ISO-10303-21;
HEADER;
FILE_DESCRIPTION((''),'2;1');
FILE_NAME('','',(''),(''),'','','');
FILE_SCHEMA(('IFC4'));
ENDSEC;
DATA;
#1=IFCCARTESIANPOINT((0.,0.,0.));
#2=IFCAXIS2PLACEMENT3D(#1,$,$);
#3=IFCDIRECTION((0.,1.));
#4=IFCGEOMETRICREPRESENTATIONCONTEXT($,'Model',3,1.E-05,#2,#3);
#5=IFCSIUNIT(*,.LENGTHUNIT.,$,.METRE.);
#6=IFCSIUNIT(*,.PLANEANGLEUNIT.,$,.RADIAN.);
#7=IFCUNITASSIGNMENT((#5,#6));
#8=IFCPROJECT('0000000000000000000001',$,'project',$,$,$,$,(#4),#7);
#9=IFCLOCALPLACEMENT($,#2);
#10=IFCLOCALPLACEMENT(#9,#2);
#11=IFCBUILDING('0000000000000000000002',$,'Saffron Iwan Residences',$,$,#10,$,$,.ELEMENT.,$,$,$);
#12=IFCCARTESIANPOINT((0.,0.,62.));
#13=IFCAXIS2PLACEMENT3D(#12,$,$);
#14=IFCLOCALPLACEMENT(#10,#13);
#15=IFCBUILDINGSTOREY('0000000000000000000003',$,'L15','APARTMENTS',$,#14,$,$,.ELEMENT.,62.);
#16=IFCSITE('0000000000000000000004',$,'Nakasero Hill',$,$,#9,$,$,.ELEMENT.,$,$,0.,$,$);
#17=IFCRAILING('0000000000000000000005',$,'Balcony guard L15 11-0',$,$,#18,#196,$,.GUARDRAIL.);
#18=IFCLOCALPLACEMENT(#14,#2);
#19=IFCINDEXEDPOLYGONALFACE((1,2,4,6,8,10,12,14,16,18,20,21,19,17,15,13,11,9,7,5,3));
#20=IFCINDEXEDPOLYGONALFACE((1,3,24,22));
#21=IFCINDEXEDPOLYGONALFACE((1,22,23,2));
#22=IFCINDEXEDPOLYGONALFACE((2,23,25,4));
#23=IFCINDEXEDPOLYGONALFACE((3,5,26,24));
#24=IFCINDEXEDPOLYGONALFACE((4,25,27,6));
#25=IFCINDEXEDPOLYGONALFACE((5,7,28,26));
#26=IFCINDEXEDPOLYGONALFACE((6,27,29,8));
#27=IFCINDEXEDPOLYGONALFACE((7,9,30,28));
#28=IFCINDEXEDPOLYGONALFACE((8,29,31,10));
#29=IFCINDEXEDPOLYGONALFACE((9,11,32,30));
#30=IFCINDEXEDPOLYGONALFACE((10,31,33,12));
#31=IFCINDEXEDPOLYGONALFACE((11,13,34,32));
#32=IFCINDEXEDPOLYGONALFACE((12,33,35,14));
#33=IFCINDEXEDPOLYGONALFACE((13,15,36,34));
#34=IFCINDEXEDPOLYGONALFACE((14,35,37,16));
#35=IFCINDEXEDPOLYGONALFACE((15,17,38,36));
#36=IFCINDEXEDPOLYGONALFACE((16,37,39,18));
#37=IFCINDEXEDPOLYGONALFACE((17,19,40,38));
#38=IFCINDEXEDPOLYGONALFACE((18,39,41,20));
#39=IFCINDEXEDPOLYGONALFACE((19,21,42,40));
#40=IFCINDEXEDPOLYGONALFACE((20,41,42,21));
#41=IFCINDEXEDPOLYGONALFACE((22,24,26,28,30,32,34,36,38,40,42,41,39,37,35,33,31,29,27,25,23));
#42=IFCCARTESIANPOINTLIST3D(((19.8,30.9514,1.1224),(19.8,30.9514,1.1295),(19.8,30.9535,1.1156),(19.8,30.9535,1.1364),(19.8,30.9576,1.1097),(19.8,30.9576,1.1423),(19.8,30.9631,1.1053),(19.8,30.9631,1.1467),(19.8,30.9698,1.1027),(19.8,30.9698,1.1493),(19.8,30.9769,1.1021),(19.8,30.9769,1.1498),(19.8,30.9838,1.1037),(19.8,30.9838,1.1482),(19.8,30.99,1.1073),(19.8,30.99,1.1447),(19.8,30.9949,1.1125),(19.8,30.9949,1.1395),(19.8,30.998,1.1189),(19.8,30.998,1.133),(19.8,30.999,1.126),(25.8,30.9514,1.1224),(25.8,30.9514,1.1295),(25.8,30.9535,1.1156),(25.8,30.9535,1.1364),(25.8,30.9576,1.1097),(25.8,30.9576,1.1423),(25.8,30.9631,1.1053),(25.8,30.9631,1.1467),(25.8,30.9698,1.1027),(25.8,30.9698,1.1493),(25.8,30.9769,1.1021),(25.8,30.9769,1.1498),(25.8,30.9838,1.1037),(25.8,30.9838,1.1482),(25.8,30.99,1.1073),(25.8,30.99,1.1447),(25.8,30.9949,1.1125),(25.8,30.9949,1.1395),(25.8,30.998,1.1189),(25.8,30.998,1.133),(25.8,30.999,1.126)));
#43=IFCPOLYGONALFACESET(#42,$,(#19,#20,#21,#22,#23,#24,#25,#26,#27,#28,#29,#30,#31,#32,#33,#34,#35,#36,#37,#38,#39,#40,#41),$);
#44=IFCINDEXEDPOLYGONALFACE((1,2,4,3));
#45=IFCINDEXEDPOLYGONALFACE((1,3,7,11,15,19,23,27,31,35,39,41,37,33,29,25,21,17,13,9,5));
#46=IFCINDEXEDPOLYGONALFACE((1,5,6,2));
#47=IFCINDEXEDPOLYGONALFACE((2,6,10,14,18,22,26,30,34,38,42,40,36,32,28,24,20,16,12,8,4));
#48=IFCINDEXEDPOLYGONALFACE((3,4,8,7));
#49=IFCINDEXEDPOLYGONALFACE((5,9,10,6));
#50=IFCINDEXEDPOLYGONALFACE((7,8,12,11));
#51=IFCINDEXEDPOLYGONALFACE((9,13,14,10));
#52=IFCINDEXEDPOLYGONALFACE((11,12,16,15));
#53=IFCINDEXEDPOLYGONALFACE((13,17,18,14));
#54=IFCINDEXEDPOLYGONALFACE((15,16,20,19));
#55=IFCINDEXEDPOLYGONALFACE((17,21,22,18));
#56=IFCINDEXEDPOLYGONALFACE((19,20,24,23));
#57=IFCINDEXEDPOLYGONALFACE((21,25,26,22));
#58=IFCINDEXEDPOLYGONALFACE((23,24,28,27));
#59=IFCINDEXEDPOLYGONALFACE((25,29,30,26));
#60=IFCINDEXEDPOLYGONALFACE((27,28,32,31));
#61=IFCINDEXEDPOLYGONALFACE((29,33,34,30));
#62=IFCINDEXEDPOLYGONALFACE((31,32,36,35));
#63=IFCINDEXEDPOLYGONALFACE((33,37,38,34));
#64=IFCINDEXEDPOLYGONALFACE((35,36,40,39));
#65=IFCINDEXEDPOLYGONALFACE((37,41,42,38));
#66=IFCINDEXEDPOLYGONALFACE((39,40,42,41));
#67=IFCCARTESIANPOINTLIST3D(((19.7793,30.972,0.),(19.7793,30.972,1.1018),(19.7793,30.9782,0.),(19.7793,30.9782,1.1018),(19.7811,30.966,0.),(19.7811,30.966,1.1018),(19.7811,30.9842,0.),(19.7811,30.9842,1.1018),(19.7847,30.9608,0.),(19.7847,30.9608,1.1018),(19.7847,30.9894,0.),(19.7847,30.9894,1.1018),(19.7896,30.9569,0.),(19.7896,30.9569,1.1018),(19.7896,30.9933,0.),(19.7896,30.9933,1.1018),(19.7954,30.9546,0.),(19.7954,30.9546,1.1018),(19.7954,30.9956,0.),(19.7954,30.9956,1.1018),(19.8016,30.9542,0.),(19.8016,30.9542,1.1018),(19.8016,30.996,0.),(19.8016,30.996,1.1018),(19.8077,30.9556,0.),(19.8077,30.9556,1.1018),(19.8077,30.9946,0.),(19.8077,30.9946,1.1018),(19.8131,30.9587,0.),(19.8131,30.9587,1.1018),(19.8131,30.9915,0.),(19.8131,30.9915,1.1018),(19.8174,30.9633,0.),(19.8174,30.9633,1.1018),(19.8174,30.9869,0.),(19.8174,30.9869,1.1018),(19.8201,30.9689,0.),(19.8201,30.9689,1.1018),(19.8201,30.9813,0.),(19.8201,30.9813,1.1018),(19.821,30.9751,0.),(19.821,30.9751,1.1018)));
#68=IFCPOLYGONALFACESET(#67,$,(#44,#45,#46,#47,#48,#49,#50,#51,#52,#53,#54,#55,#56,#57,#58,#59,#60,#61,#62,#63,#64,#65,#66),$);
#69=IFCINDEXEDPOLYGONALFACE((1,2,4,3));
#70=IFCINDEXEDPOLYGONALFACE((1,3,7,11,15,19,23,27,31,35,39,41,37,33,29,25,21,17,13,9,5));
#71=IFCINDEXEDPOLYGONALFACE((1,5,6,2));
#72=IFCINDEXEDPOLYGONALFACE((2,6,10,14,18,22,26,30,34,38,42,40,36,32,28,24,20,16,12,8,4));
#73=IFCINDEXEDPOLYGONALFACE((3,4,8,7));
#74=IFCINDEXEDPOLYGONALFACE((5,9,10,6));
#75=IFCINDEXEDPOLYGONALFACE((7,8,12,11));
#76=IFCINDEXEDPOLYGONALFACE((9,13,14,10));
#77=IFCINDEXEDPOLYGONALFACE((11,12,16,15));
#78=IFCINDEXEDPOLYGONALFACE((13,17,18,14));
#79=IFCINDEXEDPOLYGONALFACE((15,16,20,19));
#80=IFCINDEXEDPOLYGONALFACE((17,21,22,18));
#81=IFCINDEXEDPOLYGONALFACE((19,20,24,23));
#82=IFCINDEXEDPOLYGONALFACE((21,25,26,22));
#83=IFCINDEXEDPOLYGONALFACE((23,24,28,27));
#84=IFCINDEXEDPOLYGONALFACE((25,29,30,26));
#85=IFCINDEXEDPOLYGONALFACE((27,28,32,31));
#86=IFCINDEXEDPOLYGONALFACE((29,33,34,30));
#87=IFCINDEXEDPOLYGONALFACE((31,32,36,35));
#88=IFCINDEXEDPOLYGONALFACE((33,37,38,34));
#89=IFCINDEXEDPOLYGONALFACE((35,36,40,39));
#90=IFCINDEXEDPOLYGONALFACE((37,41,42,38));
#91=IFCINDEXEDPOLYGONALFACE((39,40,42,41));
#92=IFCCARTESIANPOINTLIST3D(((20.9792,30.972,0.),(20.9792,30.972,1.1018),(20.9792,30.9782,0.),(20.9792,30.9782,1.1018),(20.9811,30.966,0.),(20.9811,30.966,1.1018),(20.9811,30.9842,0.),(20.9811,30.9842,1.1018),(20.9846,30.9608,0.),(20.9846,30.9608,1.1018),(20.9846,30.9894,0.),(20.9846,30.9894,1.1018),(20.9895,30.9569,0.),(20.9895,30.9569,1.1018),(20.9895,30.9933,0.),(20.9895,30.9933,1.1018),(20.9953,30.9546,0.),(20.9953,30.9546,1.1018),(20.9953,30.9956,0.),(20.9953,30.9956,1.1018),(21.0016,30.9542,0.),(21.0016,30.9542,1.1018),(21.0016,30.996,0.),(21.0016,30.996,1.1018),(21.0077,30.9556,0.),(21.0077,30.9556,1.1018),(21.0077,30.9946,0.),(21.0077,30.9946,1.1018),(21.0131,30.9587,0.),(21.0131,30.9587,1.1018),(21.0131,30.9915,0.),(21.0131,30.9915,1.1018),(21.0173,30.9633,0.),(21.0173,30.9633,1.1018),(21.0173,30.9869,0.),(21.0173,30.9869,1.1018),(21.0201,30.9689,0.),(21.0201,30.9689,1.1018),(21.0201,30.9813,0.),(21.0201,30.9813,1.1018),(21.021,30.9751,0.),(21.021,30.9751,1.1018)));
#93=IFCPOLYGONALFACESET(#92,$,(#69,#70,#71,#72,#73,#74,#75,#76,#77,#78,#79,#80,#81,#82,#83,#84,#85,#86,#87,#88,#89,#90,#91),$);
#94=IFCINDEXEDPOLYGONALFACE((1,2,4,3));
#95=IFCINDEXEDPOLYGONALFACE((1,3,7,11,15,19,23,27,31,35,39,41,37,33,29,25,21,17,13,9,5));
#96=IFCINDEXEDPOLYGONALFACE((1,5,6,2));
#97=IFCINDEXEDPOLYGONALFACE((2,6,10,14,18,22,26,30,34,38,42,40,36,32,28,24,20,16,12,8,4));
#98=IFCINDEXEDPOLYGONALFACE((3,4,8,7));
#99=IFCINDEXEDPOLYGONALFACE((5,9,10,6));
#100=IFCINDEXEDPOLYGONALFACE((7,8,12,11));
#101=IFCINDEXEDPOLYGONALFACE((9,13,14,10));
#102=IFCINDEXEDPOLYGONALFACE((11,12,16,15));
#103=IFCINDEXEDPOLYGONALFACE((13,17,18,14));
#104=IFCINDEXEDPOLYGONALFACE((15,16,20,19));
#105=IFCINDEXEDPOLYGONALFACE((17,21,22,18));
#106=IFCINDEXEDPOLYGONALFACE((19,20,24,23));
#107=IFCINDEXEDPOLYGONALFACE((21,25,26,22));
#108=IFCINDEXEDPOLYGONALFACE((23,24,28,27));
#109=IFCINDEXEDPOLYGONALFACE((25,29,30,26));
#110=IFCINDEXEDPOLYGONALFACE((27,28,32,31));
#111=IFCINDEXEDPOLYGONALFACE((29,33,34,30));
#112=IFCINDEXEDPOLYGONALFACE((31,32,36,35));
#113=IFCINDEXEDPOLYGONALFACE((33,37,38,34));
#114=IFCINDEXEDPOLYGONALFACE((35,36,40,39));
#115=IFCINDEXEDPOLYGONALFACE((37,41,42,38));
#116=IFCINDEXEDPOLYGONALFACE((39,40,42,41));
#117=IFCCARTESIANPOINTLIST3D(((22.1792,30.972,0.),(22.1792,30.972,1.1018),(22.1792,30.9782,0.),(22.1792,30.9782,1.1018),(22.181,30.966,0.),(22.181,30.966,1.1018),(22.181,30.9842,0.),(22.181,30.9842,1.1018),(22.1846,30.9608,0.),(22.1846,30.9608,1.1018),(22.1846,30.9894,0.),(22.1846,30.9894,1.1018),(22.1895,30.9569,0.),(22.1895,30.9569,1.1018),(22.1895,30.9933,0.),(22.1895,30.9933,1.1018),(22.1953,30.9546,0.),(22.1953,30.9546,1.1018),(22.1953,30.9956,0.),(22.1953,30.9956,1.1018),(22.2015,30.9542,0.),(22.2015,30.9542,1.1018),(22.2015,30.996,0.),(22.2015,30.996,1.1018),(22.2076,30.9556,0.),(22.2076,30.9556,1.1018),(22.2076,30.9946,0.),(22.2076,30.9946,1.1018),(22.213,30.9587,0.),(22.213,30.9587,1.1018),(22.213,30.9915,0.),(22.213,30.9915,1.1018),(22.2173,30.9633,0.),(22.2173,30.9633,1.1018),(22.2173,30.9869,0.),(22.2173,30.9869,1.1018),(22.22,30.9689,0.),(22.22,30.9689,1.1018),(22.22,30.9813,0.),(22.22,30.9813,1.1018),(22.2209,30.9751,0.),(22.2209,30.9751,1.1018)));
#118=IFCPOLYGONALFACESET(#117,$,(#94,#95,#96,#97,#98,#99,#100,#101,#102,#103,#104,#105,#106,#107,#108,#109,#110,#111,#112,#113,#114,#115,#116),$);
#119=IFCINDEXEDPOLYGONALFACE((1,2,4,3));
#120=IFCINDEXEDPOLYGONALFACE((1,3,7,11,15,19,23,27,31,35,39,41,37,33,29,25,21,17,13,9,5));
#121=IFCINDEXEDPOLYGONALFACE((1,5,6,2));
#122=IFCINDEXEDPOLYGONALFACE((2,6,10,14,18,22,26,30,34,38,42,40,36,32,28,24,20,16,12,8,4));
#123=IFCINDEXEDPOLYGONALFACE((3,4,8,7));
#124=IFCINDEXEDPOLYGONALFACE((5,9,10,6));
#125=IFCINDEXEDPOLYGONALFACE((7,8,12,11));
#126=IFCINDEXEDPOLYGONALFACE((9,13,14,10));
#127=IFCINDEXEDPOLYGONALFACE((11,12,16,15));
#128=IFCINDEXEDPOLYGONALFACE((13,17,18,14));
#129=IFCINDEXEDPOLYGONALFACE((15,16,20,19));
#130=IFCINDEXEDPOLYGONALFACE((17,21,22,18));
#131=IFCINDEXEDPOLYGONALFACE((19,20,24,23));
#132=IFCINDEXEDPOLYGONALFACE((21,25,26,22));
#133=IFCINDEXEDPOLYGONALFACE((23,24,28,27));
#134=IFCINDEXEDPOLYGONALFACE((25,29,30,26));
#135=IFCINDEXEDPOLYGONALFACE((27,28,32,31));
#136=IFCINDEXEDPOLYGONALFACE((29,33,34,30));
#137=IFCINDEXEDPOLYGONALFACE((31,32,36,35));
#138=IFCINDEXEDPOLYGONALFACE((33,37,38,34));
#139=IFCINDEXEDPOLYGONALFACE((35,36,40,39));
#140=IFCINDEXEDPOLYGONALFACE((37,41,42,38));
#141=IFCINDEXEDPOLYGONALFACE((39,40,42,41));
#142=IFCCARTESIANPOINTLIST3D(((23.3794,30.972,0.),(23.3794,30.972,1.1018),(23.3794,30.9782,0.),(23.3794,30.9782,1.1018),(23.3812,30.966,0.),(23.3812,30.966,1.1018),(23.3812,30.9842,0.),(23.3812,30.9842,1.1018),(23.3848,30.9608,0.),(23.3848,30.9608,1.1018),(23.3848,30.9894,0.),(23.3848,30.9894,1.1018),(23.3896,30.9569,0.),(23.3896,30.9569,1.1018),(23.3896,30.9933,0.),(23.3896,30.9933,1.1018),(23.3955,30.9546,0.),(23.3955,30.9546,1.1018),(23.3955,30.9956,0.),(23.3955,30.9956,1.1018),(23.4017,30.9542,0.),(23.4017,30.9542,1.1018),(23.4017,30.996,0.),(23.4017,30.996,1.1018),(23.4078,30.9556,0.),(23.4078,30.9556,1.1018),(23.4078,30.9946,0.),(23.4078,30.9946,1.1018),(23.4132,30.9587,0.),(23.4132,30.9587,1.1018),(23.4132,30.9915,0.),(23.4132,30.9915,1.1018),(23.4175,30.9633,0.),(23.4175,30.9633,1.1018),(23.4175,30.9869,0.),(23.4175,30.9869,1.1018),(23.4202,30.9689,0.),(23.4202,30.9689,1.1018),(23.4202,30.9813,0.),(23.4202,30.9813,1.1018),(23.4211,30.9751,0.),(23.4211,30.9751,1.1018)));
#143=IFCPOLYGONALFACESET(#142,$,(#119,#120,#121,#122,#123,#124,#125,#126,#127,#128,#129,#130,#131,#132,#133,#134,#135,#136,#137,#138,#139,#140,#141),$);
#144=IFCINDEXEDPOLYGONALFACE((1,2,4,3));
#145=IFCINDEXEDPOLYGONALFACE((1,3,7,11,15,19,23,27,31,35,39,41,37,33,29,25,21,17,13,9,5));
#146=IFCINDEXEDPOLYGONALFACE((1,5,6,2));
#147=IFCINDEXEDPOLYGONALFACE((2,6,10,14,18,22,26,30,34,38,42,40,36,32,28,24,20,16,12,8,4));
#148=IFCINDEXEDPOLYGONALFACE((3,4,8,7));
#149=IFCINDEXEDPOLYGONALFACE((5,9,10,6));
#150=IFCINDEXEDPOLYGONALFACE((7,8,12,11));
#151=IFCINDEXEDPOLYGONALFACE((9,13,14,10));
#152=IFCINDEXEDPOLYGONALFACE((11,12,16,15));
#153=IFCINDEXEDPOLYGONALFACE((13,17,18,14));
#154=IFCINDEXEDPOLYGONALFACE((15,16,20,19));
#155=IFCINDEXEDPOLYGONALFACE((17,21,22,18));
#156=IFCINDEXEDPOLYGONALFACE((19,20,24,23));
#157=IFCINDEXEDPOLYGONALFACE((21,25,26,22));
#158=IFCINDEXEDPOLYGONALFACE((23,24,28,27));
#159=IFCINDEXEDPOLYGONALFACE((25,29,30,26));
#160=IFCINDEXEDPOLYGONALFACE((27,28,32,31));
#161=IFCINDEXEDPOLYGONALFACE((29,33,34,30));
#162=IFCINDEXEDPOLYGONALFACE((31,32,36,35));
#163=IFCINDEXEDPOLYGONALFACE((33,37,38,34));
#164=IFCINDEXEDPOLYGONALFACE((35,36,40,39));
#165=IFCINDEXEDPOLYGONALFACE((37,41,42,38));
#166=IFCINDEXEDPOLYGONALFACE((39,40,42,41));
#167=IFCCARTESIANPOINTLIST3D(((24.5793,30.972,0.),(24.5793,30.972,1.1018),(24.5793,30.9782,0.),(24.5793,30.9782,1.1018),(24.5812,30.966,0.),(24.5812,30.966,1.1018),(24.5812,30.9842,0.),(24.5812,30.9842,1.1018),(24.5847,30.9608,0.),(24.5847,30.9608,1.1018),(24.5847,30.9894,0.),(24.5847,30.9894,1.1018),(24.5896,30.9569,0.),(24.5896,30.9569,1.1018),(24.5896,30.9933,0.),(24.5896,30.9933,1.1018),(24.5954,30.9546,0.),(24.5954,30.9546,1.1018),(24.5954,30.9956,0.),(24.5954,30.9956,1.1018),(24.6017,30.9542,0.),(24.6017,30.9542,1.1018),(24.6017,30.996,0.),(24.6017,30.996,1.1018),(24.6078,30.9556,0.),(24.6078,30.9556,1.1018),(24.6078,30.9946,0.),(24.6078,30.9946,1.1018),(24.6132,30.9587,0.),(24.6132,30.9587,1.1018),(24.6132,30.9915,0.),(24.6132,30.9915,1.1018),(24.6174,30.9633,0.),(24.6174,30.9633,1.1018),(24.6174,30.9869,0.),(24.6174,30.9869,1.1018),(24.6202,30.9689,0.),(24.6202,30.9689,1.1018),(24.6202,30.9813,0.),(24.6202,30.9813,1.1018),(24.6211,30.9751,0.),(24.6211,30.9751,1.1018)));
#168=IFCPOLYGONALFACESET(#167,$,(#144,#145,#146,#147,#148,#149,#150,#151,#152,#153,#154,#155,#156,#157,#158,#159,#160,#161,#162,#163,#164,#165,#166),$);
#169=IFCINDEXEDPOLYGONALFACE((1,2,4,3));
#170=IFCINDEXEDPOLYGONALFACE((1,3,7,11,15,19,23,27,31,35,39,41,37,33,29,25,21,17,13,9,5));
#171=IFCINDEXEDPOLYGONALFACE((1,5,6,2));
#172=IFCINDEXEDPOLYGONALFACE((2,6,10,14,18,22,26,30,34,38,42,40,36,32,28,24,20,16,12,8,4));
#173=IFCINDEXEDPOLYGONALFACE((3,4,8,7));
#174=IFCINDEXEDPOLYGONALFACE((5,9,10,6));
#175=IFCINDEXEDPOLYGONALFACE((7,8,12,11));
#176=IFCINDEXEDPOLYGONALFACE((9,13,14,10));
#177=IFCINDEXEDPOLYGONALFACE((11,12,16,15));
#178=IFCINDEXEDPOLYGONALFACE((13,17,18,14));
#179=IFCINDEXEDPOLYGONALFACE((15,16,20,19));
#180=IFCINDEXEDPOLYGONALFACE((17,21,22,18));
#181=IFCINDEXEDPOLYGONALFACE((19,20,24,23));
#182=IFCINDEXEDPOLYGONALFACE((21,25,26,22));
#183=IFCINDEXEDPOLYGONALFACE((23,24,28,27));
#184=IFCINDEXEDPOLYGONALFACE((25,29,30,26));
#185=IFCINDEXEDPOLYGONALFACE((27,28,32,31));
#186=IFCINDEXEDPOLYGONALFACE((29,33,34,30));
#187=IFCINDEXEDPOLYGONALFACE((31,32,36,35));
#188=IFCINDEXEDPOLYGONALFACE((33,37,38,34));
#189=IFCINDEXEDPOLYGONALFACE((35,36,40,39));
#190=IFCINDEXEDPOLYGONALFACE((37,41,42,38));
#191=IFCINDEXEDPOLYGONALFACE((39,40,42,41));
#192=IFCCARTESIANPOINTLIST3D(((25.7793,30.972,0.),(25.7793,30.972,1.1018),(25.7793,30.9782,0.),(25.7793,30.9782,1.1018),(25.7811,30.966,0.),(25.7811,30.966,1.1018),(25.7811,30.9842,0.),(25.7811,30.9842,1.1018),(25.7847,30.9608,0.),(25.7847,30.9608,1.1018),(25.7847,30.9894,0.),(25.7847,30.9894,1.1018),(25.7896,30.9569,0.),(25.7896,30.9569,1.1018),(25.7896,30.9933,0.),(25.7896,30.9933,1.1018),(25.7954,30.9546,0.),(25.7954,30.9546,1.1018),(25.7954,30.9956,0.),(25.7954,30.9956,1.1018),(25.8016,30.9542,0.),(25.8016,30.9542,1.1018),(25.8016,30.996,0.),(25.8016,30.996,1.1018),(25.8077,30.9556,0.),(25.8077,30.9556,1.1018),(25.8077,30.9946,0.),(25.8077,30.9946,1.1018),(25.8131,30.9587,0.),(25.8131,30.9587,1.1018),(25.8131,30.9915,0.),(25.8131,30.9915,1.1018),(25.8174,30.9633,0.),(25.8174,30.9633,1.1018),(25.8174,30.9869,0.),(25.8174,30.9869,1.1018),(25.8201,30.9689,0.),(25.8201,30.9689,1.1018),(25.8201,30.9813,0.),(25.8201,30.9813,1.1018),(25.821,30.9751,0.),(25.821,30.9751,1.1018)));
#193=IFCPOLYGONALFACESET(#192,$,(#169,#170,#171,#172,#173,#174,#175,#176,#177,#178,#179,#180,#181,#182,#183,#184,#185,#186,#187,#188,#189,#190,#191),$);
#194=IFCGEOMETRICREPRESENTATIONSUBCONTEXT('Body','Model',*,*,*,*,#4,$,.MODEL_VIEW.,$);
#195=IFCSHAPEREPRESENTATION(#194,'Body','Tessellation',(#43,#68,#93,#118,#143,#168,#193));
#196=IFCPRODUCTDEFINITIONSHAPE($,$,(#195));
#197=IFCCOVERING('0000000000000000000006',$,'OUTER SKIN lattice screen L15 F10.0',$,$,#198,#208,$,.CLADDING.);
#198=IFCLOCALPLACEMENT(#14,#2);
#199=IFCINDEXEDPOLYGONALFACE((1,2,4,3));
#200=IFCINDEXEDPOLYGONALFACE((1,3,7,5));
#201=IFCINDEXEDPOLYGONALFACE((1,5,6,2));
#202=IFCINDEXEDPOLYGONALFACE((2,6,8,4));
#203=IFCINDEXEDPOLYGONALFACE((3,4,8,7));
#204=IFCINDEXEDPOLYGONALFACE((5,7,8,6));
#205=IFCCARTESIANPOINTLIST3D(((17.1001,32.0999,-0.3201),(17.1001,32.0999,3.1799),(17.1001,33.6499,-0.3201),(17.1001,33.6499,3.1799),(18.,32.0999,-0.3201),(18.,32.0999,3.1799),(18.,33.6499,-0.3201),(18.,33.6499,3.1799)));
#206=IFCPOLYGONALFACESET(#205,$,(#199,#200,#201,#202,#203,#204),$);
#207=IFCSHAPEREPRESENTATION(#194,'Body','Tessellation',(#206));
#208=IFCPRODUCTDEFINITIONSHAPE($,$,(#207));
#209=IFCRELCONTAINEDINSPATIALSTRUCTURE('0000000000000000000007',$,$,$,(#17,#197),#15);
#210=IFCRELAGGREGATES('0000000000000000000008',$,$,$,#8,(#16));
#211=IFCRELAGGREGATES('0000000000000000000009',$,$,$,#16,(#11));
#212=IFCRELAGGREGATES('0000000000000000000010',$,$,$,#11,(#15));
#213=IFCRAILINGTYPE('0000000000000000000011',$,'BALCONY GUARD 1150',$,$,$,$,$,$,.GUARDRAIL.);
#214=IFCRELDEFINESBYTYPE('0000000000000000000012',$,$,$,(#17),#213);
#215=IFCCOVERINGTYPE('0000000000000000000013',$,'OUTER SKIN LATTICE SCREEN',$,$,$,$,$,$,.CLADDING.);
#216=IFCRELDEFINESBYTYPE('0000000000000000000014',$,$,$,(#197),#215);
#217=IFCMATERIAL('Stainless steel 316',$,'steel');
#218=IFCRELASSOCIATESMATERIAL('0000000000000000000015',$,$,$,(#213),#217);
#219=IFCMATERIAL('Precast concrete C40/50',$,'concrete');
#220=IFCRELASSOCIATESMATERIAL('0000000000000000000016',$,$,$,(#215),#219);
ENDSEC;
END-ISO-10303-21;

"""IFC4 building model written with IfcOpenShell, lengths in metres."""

from ifc_helpers import new_model, si_unit, direction, frame, origin, origin_2d, place, context, subcontext, project, spatial, polyline, circle, outline, extrude, material, type_object, element, save


model = new_model("IFC4")

# Units and contexts
model_context = context("Model", 3, precision=1e-05, world=origin(), true_north=direction((0.0, 1.0)))
body_context = subcontext(model_context, "Body", "Model", "MODEL_VIEW")
ifc_project = project(units=[si_unit("LENGTHUNIT", "METRE"), si_unit("PLANEANGLEUNIT", "RADIAN")], contexts=[model_context])

# Site, building, storey
site_placement = place(None, origin())
site = spatial("IfcSite", under=ifc_project, at=site_placement, Name="Nakasero Hill", CompositionType="ELEMENT", RefElevation=0.0)
building_placement = place(site_placement, origin())
building = spatial("IfcBuilding", under=site, at=building_placement, Name="Saffron Iwan Residences", CompositionType="ELEMENT")
storey_placement = place(building_placement, frame((0.0, 0.0, 62.0)))
storey = spatial("IfcBuildingStorey", under=building, at=storey_placement, Name="L15", Description="APARTMENTS", CompositionType="ELEMENT", Elevation=62.0)

# Railing
ifc_material_1 = material(Name="Stainless steel 316", Category="steel")
railing_type = type_object("IfcRailingType", Name="BALCONY GUARD 1150", PredefinedType="GUARDRAIL", material=ifc_material_1)
railing_placement = place(storey_placement, frame((19.8, 30.9751, 0.0)))
element("IfcRailing", 1, at=railing_placement, inside=storey, type_object=railing_type, Name="Balcony guard L15 11-0", PredefinedType="GUARDRAIL", context=body_context, shape_type="SweptSolid", body=[
    extrude(circle(Radius=0.0239, at=origin_2d()), frame((0.0, 0.0, 1.126), z_axis=(1.0, 0.0, 0.0), x_axis=(0.0, 1.0, 0.0)), (0.0, 0.0, 1.0), 6.0),
    extrude(circle(Radius=0.021, at=origin_2d()), origin(), (0.0, 0.0, 1.0), 1.1018),
    extrude(circle(Radius=0.021, at=origin_2d()), frame((1.2, 0.0, 0.0)), (0.0, 0.0, 1.0), 1.1018),
    extrude(circle(Radius=0.021, at=origin_2d()), frame((2.3999, 0.0, 0.0)), (0.0, 0.0, 1.0), 1.1018),
    extrude(circle(Radius=0.021, at=origin_2d()), frame((3.6001, 0.0, 0.0)), (0.0, 0.0, 1.0), 1.1018),
    extrude(circle(Radius=0.021, at=origin_2d()), frame((4.8, 0.0, 0.0)), (0.0, 0.0, 1.0), 1.1018),
    extrude(circle(Radius=0.021, at=origin_2d()), frame((6.0, 0.0, 0.0)), (0.0, 0.0, 1.0), 1.1018),
])

# Covering
ifc_material_2 = material(Name="Precast concrete C40/50", Category="concrete")
covering_type_1 = type_object("IfcCoveringType", Name="OUTER SKIN LATTICE SCREEN", PredefinedType="CLADDING", material=ifc_material_2)
covering_1_placement = place(storey_placement, frame((18.0, 33.6499, -0.3201), z_axis=(-1.0, 0.0, 0.0), x_axis=(0.0, -1.0, 0.0)))
element("IfcCovering", 2, at=covering_1_placement, inside=storey, type_object=covering_type_1, Name="OUTER SKIN lattice screen L15 F10.0", PredefinedType="CLADDING", context=body_context, shape_type="SweptSolid", body=[
    extrude(outline(polyline([(0.0, 0.0), (1.55, 0.0), (1.55, 3.5), (0.0, 3.5), (0.0, 0.0)])), origin(), (0.0, 0.0, 1.0), 0.8999),
])

save(model, "model.ifc")
